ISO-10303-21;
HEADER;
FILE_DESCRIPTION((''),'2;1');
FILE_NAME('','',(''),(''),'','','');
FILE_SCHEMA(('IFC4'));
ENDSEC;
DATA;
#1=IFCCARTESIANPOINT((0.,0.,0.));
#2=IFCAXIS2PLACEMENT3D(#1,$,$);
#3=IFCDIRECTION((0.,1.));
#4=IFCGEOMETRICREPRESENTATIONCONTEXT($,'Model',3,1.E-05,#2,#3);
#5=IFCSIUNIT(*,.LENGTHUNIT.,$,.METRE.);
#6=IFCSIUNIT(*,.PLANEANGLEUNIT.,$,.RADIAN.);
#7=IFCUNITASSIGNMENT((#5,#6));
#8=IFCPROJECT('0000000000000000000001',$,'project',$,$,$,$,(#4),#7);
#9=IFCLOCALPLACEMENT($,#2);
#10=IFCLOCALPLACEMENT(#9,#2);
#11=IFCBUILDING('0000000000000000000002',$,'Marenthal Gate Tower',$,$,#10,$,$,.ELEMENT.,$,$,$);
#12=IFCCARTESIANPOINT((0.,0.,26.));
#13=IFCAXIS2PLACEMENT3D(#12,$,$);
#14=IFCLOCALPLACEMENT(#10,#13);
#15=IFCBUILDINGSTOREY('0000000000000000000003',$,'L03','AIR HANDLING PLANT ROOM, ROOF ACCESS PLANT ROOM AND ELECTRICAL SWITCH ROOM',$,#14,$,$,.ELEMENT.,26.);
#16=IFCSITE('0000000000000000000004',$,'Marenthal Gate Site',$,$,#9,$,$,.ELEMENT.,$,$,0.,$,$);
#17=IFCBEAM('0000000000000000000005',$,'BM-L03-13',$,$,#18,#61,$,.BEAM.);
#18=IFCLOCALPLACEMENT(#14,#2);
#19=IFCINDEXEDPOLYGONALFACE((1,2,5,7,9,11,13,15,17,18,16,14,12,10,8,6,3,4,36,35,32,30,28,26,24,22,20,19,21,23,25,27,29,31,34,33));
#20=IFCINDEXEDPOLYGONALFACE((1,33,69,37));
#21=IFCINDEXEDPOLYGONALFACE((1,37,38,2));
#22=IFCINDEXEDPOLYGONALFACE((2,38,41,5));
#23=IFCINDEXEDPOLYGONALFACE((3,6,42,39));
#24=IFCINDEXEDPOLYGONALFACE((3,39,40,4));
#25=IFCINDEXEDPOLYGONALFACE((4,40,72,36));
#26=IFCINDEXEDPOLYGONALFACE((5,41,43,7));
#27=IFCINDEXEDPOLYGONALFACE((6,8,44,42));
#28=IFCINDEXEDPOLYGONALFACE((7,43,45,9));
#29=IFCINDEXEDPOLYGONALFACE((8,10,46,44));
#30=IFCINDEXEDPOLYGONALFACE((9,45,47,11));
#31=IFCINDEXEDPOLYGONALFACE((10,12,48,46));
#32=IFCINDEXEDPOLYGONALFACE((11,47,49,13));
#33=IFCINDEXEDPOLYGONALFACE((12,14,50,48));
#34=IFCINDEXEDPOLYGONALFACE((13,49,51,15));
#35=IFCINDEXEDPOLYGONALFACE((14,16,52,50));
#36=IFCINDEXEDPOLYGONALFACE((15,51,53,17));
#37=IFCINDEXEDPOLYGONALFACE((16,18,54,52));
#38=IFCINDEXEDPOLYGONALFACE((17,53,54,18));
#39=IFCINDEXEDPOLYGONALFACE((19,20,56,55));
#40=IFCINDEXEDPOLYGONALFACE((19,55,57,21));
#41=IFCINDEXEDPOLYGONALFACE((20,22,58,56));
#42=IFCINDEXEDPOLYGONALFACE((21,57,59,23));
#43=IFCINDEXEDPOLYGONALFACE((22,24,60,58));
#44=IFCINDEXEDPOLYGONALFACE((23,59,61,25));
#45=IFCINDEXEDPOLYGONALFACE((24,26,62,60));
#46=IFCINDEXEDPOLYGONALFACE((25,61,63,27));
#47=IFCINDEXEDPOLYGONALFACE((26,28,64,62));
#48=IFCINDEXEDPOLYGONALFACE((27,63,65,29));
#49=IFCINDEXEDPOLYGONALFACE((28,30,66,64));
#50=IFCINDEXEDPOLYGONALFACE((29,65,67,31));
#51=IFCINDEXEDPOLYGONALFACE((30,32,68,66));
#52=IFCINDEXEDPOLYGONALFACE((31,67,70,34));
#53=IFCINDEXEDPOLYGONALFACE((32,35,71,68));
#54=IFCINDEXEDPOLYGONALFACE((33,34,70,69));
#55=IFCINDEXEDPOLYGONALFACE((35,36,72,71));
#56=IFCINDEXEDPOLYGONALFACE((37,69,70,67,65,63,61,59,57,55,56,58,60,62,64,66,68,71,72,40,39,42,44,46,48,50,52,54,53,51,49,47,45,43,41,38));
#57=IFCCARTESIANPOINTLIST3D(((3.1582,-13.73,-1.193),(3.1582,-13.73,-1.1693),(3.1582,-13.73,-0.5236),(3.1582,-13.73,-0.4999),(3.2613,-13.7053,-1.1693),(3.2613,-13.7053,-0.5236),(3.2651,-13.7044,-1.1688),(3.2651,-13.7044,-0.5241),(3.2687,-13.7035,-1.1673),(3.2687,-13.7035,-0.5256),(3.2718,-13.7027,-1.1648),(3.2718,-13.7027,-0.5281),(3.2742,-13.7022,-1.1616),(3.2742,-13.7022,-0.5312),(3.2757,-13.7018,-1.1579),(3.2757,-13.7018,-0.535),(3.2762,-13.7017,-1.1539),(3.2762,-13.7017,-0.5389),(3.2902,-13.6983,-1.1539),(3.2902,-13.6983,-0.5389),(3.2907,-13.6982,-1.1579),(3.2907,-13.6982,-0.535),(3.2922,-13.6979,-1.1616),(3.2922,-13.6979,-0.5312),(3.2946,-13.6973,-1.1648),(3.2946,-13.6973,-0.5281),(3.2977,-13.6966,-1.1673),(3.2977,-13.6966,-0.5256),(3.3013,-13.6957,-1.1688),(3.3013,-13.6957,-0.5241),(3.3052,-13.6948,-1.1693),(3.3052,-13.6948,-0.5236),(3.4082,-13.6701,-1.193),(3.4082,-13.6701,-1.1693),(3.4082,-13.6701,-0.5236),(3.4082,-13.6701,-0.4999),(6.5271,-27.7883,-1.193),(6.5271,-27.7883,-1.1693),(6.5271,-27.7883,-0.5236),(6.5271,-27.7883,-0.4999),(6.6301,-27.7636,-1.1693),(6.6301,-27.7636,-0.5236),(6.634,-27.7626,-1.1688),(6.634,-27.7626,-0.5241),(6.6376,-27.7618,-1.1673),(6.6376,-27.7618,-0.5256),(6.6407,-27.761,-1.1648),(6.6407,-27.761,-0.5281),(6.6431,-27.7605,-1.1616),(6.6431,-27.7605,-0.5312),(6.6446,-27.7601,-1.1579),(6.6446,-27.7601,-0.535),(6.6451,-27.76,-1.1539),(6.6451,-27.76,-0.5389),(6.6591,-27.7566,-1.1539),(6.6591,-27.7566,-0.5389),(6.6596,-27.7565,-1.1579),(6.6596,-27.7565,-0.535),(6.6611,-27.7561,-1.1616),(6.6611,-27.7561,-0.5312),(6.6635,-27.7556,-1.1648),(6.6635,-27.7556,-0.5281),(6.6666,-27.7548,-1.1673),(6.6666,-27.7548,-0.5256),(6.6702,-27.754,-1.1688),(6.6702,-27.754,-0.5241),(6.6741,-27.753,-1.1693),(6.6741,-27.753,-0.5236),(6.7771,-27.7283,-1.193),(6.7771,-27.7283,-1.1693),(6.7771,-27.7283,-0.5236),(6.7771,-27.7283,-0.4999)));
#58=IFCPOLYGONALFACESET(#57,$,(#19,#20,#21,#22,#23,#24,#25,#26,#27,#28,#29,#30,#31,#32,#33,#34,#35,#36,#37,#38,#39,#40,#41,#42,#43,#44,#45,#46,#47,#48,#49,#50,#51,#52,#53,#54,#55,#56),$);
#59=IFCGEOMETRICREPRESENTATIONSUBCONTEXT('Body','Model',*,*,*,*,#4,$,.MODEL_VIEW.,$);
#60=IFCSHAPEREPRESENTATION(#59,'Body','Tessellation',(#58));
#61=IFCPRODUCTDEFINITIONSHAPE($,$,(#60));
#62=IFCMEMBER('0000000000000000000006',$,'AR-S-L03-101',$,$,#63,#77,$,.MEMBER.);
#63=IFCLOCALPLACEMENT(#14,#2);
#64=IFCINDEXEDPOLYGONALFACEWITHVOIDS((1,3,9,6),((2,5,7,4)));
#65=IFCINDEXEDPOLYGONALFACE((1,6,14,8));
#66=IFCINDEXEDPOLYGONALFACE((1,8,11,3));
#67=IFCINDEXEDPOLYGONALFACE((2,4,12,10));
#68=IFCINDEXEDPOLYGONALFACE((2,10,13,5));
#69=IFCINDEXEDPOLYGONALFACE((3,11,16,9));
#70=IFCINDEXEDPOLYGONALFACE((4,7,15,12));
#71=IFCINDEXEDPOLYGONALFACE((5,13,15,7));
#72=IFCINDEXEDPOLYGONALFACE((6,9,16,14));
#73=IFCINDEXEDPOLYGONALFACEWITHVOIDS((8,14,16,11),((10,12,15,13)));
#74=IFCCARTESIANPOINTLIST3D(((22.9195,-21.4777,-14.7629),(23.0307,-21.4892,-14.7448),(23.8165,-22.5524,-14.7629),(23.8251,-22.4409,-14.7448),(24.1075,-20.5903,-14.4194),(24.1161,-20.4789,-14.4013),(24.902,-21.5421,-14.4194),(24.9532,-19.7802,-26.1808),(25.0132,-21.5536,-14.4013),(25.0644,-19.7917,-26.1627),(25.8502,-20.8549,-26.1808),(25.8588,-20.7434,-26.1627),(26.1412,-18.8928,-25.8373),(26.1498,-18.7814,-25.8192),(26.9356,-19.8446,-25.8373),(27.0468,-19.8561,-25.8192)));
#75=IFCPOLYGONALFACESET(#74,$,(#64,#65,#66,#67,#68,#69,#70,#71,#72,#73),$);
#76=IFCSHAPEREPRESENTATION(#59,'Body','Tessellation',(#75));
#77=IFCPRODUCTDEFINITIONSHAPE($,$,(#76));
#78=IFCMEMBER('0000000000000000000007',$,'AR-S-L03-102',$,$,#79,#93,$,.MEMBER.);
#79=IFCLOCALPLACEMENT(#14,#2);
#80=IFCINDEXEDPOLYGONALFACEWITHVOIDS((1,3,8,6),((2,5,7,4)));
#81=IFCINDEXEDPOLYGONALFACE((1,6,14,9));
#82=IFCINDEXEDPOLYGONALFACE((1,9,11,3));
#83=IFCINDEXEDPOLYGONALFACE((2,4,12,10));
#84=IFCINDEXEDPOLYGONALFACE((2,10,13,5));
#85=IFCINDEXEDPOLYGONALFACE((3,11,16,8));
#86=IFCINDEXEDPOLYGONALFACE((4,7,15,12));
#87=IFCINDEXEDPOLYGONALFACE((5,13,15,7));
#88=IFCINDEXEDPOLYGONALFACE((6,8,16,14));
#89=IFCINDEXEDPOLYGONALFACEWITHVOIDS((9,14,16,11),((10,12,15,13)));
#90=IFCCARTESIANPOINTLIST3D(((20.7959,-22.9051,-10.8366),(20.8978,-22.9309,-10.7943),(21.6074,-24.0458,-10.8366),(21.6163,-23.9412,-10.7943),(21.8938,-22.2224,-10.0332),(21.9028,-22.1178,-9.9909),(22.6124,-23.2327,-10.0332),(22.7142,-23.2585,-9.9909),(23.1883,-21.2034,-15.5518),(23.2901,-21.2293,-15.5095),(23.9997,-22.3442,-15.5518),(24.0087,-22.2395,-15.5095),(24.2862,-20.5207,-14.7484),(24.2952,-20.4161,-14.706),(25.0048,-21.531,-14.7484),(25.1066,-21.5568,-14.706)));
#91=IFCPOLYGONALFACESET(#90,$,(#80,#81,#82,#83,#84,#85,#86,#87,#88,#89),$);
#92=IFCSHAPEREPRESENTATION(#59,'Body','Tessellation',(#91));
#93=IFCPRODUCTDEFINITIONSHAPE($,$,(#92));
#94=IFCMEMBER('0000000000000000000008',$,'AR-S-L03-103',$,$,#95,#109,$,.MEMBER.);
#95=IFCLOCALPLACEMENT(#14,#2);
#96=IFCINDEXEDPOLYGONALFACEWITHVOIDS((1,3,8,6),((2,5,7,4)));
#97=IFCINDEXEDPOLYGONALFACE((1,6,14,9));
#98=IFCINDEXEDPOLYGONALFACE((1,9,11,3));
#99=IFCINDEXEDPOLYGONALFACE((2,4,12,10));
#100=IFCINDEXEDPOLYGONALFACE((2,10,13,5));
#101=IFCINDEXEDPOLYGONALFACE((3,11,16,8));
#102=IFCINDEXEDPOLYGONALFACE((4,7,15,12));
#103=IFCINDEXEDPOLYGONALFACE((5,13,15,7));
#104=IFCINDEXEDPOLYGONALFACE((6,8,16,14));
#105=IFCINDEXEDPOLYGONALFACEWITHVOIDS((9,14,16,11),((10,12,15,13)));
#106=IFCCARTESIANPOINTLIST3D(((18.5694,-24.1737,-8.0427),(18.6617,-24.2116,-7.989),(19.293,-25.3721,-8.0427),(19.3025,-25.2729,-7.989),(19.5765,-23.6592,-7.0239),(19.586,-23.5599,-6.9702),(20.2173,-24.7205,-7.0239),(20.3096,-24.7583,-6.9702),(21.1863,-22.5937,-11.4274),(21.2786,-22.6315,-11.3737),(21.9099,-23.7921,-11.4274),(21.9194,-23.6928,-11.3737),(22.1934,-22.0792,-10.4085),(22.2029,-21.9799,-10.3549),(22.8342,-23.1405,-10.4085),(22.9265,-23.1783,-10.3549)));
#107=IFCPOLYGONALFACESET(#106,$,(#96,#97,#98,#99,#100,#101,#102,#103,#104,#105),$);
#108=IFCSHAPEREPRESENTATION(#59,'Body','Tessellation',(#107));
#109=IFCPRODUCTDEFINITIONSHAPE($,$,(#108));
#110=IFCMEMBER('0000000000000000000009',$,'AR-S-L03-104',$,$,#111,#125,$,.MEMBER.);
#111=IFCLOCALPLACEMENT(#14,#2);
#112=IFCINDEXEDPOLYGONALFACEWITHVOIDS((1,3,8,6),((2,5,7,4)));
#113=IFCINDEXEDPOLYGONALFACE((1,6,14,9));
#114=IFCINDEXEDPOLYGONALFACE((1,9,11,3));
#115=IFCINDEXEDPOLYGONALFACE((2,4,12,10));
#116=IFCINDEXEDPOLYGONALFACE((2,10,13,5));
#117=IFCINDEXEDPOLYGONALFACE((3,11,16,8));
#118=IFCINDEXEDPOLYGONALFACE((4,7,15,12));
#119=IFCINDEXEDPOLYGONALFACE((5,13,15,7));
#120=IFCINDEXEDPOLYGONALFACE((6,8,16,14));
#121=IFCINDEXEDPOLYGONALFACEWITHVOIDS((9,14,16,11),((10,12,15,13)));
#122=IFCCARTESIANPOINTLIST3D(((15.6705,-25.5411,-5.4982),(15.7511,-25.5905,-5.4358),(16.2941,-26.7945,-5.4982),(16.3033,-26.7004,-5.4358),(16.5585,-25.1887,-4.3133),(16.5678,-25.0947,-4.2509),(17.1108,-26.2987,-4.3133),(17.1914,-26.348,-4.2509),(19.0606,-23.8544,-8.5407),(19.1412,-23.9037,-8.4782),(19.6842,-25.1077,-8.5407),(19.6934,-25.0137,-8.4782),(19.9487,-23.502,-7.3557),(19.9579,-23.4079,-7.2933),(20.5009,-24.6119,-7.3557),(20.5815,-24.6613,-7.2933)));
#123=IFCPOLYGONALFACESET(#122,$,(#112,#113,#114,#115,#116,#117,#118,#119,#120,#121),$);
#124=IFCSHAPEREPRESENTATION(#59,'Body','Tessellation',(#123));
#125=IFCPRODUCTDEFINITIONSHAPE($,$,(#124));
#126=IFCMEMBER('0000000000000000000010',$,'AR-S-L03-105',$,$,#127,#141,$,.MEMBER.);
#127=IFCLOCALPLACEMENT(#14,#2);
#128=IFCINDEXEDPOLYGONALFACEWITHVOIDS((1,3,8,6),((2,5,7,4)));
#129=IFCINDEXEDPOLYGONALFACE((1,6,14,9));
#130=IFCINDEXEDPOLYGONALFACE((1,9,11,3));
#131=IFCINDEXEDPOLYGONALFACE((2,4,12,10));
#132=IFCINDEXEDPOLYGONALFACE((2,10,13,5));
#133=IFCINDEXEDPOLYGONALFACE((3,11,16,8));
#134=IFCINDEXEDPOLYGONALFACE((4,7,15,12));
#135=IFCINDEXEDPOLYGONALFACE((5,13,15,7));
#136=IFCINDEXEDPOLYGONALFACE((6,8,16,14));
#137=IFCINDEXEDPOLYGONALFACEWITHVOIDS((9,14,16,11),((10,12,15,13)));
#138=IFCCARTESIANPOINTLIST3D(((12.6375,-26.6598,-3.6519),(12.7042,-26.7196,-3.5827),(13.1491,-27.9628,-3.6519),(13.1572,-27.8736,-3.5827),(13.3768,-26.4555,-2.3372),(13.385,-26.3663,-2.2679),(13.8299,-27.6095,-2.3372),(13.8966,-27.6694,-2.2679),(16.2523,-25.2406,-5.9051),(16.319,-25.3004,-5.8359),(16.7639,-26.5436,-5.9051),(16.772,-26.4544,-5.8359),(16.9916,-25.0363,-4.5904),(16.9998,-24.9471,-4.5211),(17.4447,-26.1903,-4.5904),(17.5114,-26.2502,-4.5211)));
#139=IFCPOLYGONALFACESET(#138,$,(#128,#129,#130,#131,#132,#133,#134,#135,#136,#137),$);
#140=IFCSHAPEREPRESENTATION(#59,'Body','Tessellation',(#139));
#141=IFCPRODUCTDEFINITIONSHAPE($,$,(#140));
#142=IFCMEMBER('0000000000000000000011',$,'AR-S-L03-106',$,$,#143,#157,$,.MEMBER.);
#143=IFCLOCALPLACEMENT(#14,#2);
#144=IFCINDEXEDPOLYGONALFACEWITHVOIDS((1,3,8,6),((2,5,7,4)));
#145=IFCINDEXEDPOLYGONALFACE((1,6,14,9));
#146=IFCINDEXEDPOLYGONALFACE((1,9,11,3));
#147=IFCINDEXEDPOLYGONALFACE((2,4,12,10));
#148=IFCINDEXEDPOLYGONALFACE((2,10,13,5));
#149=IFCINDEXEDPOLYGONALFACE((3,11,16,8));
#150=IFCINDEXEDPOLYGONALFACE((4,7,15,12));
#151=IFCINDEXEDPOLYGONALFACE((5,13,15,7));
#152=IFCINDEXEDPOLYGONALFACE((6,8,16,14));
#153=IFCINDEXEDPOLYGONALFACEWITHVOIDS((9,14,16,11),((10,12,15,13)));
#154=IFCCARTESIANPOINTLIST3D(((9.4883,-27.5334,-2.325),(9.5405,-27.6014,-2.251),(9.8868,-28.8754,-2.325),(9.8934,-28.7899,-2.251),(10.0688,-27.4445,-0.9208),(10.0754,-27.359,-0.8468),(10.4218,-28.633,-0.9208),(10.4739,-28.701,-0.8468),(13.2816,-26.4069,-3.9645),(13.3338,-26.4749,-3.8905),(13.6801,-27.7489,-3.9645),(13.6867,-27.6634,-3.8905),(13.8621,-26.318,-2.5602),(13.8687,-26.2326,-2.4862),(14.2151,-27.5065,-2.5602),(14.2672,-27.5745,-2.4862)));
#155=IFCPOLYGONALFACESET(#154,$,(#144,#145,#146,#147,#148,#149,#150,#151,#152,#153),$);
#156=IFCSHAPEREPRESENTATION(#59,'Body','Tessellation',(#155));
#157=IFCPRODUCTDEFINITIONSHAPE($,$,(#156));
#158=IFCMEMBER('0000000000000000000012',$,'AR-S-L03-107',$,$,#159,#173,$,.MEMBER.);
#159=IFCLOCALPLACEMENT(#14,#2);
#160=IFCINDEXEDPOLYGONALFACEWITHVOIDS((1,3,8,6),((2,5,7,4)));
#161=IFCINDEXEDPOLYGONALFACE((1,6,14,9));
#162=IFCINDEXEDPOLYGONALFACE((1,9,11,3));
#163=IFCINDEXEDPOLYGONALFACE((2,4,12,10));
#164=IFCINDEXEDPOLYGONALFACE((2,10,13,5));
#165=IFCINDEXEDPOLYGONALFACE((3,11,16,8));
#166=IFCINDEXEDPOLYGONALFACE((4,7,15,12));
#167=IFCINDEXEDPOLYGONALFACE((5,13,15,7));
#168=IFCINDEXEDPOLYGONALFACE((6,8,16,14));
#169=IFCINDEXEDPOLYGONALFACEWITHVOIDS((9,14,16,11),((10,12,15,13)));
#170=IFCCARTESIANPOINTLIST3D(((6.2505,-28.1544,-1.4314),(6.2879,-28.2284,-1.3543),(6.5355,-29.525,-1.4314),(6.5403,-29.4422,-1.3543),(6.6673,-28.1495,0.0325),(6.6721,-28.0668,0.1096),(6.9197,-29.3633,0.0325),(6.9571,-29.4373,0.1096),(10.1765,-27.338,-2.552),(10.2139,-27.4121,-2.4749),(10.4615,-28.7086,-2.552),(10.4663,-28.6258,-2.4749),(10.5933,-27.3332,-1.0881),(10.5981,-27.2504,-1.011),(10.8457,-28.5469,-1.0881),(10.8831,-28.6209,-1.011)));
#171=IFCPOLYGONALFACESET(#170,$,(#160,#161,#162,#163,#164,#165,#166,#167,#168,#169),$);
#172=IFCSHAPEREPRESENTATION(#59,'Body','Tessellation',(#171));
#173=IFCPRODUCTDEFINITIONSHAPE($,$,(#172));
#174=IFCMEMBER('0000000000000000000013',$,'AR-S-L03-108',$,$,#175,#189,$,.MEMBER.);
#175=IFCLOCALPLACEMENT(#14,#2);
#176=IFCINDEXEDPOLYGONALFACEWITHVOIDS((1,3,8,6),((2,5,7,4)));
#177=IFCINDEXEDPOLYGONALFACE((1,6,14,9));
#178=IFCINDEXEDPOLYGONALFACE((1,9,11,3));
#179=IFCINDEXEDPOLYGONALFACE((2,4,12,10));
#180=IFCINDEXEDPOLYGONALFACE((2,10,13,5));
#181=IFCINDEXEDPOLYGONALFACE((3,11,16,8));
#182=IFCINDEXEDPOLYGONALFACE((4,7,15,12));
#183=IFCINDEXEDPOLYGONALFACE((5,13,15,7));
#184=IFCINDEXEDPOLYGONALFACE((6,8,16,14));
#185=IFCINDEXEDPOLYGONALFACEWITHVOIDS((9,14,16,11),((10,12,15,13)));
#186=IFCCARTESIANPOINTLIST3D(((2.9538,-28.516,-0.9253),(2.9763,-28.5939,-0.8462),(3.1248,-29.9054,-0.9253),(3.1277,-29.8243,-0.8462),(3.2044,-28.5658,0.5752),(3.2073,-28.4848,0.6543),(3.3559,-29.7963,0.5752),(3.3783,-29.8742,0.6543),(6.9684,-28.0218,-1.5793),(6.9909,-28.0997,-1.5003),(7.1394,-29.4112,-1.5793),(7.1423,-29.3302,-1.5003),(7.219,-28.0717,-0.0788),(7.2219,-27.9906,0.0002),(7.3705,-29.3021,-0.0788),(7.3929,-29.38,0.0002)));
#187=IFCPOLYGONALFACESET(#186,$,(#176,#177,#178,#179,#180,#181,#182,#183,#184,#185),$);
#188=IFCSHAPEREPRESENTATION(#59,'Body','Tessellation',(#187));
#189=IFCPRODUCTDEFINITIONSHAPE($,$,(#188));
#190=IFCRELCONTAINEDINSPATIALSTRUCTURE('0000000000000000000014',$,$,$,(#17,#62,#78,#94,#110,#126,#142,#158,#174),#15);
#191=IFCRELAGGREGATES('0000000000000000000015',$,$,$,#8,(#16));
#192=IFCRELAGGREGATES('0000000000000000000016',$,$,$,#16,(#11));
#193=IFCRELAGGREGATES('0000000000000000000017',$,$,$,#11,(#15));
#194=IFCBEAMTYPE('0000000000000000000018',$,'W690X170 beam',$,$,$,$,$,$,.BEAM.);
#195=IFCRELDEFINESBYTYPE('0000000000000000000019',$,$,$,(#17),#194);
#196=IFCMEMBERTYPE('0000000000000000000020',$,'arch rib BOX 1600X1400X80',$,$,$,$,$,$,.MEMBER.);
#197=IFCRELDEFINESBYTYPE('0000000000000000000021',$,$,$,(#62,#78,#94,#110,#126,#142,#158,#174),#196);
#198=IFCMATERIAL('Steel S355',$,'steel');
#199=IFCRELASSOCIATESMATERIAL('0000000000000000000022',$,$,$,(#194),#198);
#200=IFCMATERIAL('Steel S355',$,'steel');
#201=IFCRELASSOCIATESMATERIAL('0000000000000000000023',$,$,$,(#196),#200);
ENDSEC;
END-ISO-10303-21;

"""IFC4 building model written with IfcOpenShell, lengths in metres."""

from ifc_helpers import new_model, si_unit, direction, frame, origin, origin_2d, place, context, subcontext, project, spatial, hollow_rectangle, i_section, extrude, material, material_profile, profile_set, type_object, element, save


model = new_model("IFC4")

# Units and contexts
model_context = context("Model", 3, precision=1e-05, world=origin(), true_north=direction((0.0, 1.0)))
body_context = subcontext(model_context, "Body", "Model", "MODEL_VIEW")
ifc_project = project(units=[si_unit("LENGTHUNIT", "METRE"), si_unit("PLANEANGLEUNIT", "RADIAN")], contexts=[model_context])

# Site, building, storey
site_placement = place(None, origin())
site = spatial("IfcSite", under=ifc_project, at=site_placement, Name="Marenthal Gate Site", CompositionType="ELEMENT", RefElevation=0.0)
building_placement = place(site_placement, origin())
building = spatial("IfcBuilding", under=site, at=building_placement, Name="Marenthal Gate Tower", CompositionType="ELEMENT")
storey_placement = place(building_placement, frame((0.0, 0.0, 26.0)))
storey = spatial("IfcBuildingStorey", under=building, at=storey_placement, Name="L03", Description="AIR HANDLING PLANT ROOM, ROOF ACCESS PLANT ROOM AND ELECTRICAL SWITCH ROOM", CompositionType="ELEMENT", Elevation=26.0)

# Beam
ifc_material_1 = material(Name="Steel S355", Category="steel")
ifc_material_profile_1 = material_profile(ifc_material_1, i_section(OverallWidth=0.2571, OverallDepth=0.6931, WebThickness=0.0144, FlangeThickness=0.0237, FilletRadius=0.0154, at=origin_2d()), Name="W690X170")
ifc_profile_set_1 = profile_set([ifc_material_profile_1], Name="Steel S355")
beam_type_1 = type_object("IfcBeamType", Name="W690X170 beam", PredefinedType="BEAM", material=ifc_profile_set_1)
beam_1_placement = place(storey_placement, frame((6.6521, -27.7583, -0.8464), z_axis=(-0.233039, 0.972467, 0.0), x_axis=(-0.972467, -0.233039, 0.0)))
element("IfcBeam", 1, at=beam_1_placement, inside=storey, type_object=beam_type_1, Name="BM-L03-13", PredefinedType="BEAM", context=body_context, shape_type="SweptSolid", body=[
    extrude(i_section(OverallWidth=0.2571, OverallDepth=0.6931, WebThickness=0.0144, FlangeThickness=0.0237, FilletRadius=0.0154, at=origin_2d()), origin(), (0.0, 0.0, 1.0), 14.4563),
])

# Members
ifc_material_2 = material(Name="Steel S355", Category="steel")
ifc_material_profile_2 = material_profile(ifc_material_2, hollow_rectangle(XDim=1.3999, YDim=1.6001, WallThickness=0.0801, at=origin_2d()), Name="BOX 1600X1400X80")
ifc_profile_set_2 = profile_set([ifc_material_profile_2], Name="Steel S355")
member_type_1 = type_object("IfcMemberType", Name="arch rib BOX 1600X1400X80", PredefinedType="MEMBER", material=ifc_profile_set_2)
member_1_placement = place(storey_placement, frame((26.0, -19.8181, -26.0), z_axis=(-0.173505, -0.144823, 0.974126), x_axis=(0.640801, -0.767707, 0.0)))
element("IfcMember", 2, at=member_1_placement, inside=storey, type_object=member_type_1, Name="AR-S-L03-101", PredefinedType="MEMBER", context=body_context, shape_type="SweptSolid", body=[
    extrude(hollow_rectangle(XDim=1.3999, YDim=1.6001, WallThickness=0.0801, at=origin_2d()), origin(), (0.0, 0.0, 1.0), 11.7212),
])
member_2_placement = place(storey_placement, frame((24.1475, -21.3801, -15.1289), z_axis=(-0.430712, -0.306365, 0.848898), x_axis=(0.579624, -0.814884, 0.0)))
element("IfcMember", 3, at=member_2_placement, inside=storey, type_object=member_type_1, Name="AR-S-L03-102", PredefinedType="MEMBER", context=body_context, shape_type="SweptSolid", body=[
    extrude(hollow_rectangle(XDim=1.3999, YDim=1.6001, WallThickness=0.0801, at=origin_2d()), origin(), (0.0, 0.0, 1.0), 5.5544),
])
member_3_placement = place(storey_placement, frame((22.0564, -22.886, -10.8911), z_axis=(-0.57378, -0.346441, 0.742129), x_axis=(0.516878, -0.856059, 0.0)))
element("IfcMember", 4, at=member_3_placement, inside=storey, type_object=member_type_1, Name="AR-S-L03-103", PredefinedType="MEMBER", context=body_context, shape_type="SweptSolid", body=[
    extrude(hollow_rectangle(XDim=1.3999, YDim=1.6001, WallThickness=0.0801, at=origin_2d()), origin(), (0.0, 0.0, 1.0), 4.5608),
])
member_4_placement = place(storey_placement, frame((19.821, -24.2578, -7.917), z_axis=(-0.697924, -0.347253, 0.626352), x_axis=(0.445459, -0.895302, 0.0)))
element("IfcMember", 5, at=member_4_placement, inside=storey, type_object=member_type_1, Name="AR-S-L03-104", PredefinedType="MEMBER", context=body_context, shape_type="SweptSolid", body=[
    extrude(hollow_rectangle(XDim=1.3999, YDim=1.6001, WallThickness=0.0801, at=origin_2d()), origin(), (0.0, 0.0, 1.0), 4.8574),
])
member_5_placement = place(storey_placement, frame((16.8818, -25.7454, -5.2131), z_axis=(-0.805122, -0.3161, 0.501856), x_axis=(0.365454, -0.930829, 0.0)))
element("IfcMember", 6, at=member_5_placement, inside=storey, type_object=member_type_1, Name="AR-S-L03-105", PredefinedType="MEMBER", context=body_context, shape_type="SweptSolid", body=[
    extrude(hollow_rectangle(XDim=1.3999, YDim=1.6001, WallThickness=0.0801, at=origin_2d()), origin(), (0.0, 0.0, 1.0), 4.4897),
])
member_6_placement = place(storey_placement, frame((13.7744, -26.9907, -3.2253), z_axis=(-0.885621, -0.263002, 0.38276), x_axis=(0.284681, -0.958622, 0.0)))
element("IfcMember", 7, at=member_6_placement, inside=storey, type_object=member_type_1, Name="AR-S-L03-106", PredefinedType="MEMBER", context=body_context, shape_type="SweptSolid", body=[
    extrude(hollow_rectangle(XDim=1.3999, YDim=1.6001, WallThickness=0.0801, at=origin_2d()), origin(), (0.0, 0.0, 1.0), 4.2832),
])
member_7_placement = place(storey_placement, frame((10.5298, -27.9795, -1.7815), z_axis=(-0.94293, -0.19608, 0.26914), x_axis=(0.203592, -0.979056, 0.0)))
element("IfcMember", 8, at=member_7_placement, inside=storey, type_object=member_type_1, Name="AR-S-L03-107", PredefinedType="MEMBER", context=body_context, shape_type="SweptSolid", body=[
    extrude(hollow_rectangle(XDim=1.3999, YDim=1.6001, WallThickness=0.0801, at=origin_2d()), origin(), (0.0, 0.0, 1.0), 4.1636),
])
member_8_placement = place(storey_placement, frame((7.1807, -28.7009, -0.7896), z_axis=(-0.979784, -0.120596, 0.159623), x_axis=(0.122163, -0.99251, 0.0)))
element("IfcMember", 9, at=member_8_placement, inside=storey, type_object=member_type_1, Name="AR-S-L03-108", PredefinedType="MEMBER", context=body_context, shape_type="SweptSolid", body=[
    extrude(hollow_rectangle(XDim=1.3999, YDim=1.6001, WallThickness=0.0801, at=origin_2d()), origin(), (0.0, 0.0, 1.0), 4.0974),
])

save(model, "model.ifc")
